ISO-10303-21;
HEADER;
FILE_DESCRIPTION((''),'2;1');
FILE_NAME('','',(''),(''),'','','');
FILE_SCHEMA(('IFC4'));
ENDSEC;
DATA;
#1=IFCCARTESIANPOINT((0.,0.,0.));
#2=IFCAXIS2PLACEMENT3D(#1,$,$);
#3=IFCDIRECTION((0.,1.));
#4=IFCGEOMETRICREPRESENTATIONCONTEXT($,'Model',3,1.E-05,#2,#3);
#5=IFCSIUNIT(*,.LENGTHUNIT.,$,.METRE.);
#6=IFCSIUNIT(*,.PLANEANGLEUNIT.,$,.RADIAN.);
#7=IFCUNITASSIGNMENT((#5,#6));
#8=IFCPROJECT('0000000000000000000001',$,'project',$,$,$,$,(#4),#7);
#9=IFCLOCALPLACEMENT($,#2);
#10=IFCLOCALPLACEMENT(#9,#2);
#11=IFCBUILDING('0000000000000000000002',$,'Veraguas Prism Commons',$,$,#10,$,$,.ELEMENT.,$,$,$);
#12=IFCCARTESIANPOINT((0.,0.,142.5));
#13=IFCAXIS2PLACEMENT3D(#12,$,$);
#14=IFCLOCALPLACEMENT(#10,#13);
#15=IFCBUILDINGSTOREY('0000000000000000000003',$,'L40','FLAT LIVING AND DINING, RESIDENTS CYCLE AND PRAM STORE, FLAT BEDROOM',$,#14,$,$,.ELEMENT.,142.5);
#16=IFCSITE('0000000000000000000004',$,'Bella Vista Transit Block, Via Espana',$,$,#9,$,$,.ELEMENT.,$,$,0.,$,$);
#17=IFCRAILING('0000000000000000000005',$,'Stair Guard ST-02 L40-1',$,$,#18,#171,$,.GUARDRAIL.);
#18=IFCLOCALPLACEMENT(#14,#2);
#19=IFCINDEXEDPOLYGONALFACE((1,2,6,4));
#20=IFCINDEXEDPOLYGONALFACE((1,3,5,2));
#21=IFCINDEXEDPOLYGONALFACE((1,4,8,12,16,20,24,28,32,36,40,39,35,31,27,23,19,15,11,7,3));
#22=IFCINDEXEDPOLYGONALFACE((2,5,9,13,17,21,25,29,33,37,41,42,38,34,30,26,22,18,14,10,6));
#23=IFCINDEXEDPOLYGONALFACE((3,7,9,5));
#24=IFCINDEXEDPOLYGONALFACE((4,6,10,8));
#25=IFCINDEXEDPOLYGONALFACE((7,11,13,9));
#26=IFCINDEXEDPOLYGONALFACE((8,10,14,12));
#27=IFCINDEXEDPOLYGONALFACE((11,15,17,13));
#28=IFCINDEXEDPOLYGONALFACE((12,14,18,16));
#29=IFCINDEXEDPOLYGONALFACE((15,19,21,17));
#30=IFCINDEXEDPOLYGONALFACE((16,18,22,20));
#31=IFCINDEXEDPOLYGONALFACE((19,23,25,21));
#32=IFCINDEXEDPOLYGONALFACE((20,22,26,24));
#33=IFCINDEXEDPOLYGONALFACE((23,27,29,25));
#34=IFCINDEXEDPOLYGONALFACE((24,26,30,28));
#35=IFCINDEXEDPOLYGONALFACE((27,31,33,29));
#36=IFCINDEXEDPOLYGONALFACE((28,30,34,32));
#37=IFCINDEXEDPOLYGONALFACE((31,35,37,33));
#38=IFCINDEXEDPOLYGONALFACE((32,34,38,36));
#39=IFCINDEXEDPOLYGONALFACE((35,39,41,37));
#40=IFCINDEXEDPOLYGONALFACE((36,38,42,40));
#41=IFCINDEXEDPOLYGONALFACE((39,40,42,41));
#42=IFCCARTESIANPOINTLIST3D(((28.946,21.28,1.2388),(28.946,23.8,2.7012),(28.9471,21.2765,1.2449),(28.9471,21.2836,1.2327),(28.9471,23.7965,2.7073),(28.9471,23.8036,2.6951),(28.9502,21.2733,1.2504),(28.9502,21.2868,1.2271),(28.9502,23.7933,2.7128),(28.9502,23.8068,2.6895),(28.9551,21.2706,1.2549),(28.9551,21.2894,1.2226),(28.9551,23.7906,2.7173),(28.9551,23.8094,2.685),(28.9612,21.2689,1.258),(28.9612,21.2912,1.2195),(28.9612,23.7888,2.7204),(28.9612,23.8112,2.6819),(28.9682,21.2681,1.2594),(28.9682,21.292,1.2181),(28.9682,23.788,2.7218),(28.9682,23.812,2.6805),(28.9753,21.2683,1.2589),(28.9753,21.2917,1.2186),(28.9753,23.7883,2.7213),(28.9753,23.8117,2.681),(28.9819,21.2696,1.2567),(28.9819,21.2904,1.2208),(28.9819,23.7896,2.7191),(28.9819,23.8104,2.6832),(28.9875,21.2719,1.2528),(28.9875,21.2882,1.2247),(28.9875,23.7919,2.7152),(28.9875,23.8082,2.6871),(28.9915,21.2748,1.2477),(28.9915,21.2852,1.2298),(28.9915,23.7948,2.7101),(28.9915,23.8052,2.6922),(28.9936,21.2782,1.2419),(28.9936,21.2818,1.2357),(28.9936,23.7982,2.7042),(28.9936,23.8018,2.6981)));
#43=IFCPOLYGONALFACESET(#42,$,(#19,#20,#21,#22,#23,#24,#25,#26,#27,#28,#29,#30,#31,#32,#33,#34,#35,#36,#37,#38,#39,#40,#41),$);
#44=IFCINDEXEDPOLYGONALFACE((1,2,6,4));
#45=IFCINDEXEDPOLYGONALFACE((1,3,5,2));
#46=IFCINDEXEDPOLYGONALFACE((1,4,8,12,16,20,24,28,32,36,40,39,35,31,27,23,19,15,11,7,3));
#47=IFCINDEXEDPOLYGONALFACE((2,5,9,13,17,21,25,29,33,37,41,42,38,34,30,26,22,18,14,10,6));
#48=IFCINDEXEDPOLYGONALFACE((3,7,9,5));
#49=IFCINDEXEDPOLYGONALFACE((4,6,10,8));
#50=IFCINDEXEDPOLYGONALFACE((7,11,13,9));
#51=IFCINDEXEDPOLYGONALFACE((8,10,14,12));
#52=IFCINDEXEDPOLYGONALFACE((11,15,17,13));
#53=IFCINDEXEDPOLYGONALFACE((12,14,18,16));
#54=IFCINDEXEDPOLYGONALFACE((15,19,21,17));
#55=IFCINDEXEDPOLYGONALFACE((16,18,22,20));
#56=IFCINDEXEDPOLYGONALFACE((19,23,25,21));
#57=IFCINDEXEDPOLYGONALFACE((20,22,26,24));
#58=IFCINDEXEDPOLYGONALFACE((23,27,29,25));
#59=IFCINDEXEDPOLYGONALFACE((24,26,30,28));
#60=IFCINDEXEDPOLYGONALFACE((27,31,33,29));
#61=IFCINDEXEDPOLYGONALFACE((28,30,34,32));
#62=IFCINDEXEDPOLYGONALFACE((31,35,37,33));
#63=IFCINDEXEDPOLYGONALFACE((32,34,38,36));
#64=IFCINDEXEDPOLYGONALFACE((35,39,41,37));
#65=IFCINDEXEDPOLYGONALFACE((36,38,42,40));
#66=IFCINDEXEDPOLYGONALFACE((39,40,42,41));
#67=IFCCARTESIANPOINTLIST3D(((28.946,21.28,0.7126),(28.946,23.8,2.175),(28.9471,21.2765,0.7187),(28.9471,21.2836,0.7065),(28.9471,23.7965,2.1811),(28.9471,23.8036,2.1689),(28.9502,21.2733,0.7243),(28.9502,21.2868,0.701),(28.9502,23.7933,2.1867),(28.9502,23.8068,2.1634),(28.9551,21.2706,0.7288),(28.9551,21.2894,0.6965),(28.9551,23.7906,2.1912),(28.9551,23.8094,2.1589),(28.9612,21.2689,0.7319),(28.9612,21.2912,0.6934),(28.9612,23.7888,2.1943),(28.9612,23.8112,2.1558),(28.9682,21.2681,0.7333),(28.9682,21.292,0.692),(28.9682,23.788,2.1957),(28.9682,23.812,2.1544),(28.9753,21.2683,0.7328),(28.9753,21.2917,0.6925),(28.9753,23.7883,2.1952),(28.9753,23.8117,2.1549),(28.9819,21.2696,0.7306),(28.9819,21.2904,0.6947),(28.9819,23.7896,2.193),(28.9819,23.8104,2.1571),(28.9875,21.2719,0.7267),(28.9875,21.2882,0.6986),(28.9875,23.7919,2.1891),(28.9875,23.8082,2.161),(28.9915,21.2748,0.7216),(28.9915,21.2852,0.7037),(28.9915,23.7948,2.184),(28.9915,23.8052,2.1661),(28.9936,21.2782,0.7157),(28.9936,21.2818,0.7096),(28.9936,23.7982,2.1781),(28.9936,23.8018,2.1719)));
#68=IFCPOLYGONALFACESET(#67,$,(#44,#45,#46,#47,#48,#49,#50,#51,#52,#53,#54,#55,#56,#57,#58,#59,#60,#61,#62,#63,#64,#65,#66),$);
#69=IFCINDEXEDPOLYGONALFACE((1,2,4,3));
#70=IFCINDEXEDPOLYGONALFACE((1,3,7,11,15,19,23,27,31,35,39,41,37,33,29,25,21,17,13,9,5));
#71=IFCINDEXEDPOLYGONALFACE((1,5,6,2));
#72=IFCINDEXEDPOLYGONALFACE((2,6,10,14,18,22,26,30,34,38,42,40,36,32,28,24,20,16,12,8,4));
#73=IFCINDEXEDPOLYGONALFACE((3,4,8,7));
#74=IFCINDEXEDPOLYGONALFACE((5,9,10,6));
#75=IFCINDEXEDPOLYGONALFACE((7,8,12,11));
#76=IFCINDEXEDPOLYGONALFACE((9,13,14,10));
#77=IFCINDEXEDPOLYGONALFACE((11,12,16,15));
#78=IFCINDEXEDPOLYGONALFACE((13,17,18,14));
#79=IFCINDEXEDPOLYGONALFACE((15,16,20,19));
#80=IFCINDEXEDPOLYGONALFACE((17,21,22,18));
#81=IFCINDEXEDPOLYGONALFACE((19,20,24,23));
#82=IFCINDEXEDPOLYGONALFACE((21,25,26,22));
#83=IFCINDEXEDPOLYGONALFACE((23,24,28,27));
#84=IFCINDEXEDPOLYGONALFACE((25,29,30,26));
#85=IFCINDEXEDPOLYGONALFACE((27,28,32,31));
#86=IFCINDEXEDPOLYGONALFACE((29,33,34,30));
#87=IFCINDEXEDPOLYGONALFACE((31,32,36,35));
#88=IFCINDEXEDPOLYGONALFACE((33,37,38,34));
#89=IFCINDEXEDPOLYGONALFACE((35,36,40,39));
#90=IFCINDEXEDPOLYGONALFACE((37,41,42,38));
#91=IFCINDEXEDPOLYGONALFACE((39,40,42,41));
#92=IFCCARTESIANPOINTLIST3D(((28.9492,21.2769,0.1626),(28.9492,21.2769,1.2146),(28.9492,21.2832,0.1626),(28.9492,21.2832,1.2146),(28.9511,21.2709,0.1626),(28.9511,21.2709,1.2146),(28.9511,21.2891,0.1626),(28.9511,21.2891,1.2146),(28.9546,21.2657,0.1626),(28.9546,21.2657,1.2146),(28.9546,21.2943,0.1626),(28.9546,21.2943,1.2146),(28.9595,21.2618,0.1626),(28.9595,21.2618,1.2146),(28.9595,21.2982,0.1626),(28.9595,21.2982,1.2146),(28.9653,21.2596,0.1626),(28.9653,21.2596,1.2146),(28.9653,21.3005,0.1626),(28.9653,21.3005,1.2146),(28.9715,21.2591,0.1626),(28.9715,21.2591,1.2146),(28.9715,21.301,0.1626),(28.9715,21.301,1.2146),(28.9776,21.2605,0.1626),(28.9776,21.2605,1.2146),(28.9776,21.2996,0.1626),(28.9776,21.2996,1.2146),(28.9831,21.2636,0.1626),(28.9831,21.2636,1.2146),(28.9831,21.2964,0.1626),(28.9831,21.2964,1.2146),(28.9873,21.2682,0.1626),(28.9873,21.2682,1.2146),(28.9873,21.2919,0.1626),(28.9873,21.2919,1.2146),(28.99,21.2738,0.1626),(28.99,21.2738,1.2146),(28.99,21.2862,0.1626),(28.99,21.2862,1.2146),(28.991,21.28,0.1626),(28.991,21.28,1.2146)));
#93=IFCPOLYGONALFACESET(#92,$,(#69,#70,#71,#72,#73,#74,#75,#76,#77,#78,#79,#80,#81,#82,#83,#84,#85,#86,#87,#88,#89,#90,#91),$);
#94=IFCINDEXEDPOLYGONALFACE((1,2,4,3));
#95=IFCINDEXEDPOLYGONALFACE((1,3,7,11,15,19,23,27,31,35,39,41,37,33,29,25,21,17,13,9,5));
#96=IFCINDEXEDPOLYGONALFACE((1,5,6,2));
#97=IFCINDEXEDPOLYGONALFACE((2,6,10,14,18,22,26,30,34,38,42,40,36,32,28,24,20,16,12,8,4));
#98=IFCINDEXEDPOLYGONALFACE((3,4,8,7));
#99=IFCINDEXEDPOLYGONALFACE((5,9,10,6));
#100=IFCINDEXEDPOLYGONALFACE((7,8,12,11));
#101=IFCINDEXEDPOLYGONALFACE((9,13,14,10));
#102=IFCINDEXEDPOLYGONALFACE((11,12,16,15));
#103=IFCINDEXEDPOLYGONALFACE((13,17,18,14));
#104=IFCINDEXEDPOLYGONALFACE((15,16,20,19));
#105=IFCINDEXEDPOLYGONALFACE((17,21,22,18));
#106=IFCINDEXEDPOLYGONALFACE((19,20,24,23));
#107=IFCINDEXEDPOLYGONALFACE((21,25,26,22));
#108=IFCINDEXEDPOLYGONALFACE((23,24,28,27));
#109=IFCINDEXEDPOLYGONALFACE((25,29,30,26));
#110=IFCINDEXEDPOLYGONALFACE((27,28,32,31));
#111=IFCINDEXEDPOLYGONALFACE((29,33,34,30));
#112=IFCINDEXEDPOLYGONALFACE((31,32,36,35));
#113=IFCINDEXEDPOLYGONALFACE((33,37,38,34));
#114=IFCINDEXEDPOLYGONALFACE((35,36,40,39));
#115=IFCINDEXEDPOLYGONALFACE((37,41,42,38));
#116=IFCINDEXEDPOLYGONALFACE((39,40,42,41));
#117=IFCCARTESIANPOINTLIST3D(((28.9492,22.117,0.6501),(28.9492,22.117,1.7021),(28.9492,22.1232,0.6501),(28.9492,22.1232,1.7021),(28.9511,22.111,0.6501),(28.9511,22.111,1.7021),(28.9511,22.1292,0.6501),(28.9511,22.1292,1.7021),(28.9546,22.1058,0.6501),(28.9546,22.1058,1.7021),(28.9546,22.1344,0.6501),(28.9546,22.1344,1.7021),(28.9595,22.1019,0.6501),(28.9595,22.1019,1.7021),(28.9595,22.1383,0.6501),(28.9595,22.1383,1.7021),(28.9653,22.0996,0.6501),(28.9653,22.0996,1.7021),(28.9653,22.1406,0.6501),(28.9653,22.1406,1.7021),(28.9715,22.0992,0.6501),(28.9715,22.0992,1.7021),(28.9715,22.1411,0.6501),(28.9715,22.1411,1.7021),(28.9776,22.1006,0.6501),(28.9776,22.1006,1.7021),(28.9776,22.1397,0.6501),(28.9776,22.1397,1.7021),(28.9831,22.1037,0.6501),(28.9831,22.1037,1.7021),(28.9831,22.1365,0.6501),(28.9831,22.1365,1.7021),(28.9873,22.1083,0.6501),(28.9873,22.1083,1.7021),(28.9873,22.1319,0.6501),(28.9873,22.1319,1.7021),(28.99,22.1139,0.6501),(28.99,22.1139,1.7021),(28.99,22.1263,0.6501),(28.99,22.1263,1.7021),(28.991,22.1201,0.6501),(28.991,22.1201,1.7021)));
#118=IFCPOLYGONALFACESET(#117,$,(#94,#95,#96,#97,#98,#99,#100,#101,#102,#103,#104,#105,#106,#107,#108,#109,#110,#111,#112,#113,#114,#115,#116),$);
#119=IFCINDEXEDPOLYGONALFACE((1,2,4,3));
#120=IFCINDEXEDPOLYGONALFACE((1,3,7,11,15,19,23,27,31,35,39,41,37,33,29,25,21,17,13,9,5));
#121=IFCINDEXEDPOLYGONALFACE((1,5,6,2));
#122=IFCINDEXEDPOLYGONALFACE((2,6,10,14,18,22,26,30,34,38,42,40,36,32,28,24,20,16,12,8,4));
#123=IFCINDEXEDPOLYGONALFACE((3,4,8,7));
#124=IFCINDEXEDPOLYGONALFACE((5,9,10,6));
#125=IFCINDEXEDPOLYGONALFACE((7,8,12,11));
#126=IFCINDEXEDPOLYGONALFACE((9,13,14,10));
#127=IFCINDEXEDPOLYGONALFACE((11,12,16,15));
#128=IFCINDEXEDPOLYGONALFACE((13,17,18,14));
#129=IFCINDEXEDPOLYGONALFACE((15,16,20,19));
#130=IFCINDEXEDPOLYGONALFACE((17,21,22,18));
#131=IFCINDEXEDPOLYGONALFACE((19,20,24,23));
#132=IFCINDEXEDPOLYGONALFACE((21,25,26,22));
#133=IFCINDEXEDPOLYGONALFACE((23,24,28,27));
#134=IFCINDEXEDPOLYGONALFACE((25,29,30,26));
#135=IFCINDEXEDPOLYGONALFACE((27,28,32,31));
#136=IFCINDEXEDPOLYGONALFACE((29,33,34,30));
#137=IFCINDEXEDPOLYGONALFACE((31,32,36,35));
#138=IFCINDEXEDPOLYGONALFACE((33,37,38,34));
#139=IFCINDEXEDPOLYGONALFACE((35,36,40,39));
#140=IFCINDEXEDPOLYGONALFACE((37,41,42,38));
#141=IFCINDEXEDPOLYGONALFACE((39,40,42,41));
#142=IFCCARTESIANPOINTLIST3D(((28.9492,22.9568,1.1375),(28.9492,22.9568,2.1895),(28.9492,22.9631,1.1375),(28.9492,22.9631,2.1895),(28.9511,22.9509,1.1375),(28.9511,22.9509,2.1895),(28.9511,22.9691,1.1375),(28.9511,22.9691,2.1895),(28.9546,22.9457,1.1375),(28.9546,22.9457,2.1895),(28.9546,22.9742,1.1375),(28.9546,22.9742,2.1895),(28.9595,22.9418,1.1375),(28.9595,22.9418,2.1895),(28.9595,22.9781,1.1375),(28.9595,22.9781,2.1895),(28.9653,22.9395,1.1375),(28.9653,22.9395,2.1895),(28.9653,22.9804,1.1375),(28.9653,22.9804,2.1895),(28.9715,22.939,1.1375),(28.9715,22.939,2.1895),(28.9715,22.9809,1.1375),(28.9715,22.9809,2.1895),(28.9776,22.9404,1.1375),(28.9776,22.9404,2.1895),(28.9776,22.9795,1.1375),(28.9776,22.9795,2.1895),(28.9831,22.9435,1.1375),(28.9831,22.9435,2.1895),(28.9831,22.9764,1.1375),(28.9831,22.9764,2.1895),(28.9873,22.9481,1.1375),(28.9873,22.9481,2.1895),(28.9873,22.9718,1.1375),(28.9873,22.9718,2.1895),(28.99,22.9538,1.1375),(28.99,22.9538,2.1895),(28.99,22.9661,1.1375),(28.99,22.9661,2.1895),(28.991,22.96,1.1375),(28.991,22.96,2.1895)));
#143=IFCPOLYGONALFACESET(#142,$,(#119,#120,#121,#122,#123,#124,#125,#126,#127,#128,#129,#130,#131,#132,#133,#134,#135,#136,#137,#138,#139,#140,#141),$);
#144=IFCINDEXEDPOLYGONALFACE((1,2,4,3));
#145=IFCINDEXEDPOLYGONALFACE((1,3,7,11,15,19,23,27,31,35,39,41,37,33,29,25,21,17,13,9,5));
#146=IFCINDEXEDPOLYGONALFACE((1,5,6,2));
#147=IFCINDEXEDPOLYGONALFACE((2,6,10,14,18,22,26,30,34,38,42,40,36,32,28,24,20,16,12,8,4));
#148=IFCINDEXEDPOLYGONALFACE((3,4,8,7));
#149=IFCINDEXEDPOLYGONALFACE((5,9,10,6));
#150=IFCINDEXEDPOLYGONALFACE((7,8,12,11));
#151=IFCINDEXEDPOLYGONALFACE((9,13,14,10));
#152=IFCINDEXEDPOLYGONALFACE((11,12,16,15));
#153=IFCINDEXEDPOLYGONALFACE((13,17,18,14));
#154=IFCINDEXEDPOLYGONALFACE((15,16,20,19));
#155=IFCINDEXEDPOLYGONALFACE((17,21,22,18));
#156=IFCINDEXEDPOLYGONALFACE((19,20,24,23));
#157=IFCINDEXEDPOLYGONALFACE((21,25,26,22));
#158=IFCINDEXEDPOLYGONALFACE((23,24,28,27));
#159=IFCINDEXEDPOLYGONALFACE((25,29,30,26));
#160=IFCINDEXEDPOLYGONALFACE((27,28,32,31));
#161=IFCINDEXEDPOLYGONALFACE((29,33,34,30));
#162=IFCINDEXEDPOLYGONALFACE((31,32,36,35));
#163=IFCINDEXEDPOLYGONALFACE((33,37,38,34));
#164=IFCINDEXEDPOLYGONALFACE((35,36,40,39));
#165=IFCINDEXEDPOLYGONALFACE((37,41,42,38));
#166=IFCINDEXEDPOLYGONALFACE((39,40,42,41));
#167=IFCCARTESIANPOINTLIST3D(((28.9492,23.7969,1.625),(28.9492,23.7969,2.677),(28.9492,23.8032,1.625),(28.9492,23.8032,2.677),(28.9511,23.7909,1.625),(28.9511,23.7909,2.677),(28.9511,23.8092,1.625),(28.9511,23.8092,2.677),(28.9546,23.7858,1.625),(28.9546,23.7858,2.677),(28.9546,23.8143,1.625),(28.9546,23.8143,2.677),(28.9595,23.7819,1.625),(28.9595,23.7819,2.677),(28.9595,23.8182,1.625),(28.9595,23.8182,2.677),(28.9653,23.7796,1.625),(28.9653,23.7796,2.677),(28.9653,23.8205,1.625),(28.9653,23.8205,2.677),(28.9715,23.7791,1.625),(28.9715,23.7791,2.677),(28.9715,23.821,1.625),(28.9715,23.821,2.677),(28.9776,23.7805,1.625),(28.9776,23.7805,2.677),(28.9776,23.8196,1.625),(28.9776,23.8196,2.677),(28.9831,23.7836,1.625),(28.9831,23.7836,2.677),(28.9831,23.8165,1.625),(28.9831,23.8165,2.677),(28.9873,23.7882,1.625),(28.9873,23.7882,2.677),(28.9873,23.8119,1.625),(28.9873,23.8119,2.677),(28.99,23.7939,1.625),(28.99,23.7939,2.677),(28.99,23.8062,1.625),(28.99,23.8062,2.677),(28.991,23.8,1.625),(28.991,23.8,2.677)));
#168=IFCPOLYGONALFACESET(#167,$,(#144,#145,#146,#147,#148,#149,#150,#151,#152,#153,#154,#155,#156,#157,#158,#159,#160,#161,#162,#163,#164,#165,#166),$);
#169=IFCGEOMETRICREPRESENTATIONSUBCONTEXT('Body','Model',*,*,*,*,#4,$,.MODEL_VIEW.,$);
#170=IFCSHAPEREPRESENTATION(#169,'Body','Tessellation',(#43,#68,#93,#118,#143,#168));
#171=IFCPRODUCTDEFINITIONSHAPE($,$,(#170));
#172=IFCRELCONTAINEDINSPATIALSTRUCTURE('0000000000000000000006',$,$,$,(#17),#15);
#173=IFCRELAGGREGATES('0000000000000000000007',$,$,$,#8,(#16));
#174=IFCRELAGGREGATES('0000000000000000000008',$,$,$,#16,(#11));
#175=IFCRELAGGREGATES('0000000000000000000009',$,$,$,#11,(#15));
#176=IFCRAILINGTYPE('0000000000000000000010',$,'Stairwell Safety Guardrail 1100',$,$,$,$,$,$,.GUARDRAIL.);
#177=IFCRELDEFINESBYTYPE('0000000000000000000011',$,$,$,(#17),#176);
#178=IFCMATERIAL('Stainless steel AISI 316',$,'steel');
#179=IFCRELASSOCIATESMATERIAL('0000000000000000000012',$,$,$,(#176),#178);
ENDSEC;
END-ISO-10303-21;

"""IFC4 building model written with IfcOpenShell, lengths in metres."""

from ifc_helpers import new_model, si_unit, direction, frame, origin, origin_2d, place, context, subcontext, project, spatial, circle, extrude, material, type_object, element, save


model = new_model("IFC4")

# Units and contexts
model_context = context("Model", 3, precision=1e-05, world=origin(), true_north=direction((0.0, 1.0)))
body_context = subcontext(model_context, "Body", "Model", "MODEL_VIEW")
ifc_project = project(units=[si_unit("LENGTHUNIT", "METRE"), si_unit("PLANEANGLEUNIT", "RADIAN")], contexts=[model_context])

# Site, building, storey
site_placement = place(None, origin())
site = spatial("IfcSite", under=ifc_project, at=site_placement, Name="Bella Vista Transit Block, Via Espana", CompositionType="ELEMENT", RefElevation=0.0)
building_placement = place(site_placement, origin())
building = spatial("IfcBuilding", under=site, at=building_placement, Name="Veraguas Prism Commons", CompositionType="ELEMENT")
storey_placement = place(building_placement, frame((0.0, 0.0, 142.5)))
storey = spatial("IfcBuildingStorey", under=building, at=storey_placement, Name="L40", Description="FLAT LIVING AND DINING, RESIDENTS CYCLE AND PRAM STORE, FLAT BEDROOM", CompositionType="ELEMENT", Elevation=142.5)

# Shared definitions
ifc_material_1 = material(Name="Stainless steel AISI 316", Category="steel")

# Railing
railing_type_1 = type_object("IfcRailingType", Name="Stairwell Safety Guardrail 1100", PredefinedType="GUARDRAIL", material=ifc_material_1)
railing_1_placement = place(storey_placement, frame((28.97, 21.28, 0.1626)))
element("IfcRailing", 1, at=railing_1_placement, inside=storey, type_object=railing_type_1, Name="Stair Guard ST-02 L40-1", PredefinedType="GUARDRAIL", context=body_context, shape_type="SweptSolid", body=[
    extrude(circle(Radius=0.0239, at=origin_2d()), frame((0.0, 0.0, 1.0762), z_axis=(0.0, 0.864913, 0.501921), x_axis=(-1.0, 0.0, 0.0)), (0.0, 0.0, 1.0), 2.9136),
    extrude(circle(Radius=0.0239, at=origin_2d()), frame((0.0, 0.0, 0.55), z_axis=(0.0, 0.864913, 0.501921), x_axis=(-1.0, 0.0, 0.0)), (0.0, 0.0, 1.0), 2.9136),
    extrude(circle(Radius=0.021, at=origin_2d()), origin(), (0.0, 0.0, 1.0), 1.052),
    extrude(circle(Radius=0.021, at=origin_2d()), frame((0.0, 0.8401, 0.4875)), (0.0, 0.0, 1.0), 1.052),
    extrude(circle(Radius=0.021, at=origin_2d()), frame((0.0, 1.6799, 0.9749)), (0.0, 0.0, 1.0), 1.052),
    extrude(circle(Radius=0.021, at=origin_2d()), frame((0.0, 2.52, 1.4624)), (0.0, 0.0, 1.0), 1.052),
])

save(model, "model.ifc")
